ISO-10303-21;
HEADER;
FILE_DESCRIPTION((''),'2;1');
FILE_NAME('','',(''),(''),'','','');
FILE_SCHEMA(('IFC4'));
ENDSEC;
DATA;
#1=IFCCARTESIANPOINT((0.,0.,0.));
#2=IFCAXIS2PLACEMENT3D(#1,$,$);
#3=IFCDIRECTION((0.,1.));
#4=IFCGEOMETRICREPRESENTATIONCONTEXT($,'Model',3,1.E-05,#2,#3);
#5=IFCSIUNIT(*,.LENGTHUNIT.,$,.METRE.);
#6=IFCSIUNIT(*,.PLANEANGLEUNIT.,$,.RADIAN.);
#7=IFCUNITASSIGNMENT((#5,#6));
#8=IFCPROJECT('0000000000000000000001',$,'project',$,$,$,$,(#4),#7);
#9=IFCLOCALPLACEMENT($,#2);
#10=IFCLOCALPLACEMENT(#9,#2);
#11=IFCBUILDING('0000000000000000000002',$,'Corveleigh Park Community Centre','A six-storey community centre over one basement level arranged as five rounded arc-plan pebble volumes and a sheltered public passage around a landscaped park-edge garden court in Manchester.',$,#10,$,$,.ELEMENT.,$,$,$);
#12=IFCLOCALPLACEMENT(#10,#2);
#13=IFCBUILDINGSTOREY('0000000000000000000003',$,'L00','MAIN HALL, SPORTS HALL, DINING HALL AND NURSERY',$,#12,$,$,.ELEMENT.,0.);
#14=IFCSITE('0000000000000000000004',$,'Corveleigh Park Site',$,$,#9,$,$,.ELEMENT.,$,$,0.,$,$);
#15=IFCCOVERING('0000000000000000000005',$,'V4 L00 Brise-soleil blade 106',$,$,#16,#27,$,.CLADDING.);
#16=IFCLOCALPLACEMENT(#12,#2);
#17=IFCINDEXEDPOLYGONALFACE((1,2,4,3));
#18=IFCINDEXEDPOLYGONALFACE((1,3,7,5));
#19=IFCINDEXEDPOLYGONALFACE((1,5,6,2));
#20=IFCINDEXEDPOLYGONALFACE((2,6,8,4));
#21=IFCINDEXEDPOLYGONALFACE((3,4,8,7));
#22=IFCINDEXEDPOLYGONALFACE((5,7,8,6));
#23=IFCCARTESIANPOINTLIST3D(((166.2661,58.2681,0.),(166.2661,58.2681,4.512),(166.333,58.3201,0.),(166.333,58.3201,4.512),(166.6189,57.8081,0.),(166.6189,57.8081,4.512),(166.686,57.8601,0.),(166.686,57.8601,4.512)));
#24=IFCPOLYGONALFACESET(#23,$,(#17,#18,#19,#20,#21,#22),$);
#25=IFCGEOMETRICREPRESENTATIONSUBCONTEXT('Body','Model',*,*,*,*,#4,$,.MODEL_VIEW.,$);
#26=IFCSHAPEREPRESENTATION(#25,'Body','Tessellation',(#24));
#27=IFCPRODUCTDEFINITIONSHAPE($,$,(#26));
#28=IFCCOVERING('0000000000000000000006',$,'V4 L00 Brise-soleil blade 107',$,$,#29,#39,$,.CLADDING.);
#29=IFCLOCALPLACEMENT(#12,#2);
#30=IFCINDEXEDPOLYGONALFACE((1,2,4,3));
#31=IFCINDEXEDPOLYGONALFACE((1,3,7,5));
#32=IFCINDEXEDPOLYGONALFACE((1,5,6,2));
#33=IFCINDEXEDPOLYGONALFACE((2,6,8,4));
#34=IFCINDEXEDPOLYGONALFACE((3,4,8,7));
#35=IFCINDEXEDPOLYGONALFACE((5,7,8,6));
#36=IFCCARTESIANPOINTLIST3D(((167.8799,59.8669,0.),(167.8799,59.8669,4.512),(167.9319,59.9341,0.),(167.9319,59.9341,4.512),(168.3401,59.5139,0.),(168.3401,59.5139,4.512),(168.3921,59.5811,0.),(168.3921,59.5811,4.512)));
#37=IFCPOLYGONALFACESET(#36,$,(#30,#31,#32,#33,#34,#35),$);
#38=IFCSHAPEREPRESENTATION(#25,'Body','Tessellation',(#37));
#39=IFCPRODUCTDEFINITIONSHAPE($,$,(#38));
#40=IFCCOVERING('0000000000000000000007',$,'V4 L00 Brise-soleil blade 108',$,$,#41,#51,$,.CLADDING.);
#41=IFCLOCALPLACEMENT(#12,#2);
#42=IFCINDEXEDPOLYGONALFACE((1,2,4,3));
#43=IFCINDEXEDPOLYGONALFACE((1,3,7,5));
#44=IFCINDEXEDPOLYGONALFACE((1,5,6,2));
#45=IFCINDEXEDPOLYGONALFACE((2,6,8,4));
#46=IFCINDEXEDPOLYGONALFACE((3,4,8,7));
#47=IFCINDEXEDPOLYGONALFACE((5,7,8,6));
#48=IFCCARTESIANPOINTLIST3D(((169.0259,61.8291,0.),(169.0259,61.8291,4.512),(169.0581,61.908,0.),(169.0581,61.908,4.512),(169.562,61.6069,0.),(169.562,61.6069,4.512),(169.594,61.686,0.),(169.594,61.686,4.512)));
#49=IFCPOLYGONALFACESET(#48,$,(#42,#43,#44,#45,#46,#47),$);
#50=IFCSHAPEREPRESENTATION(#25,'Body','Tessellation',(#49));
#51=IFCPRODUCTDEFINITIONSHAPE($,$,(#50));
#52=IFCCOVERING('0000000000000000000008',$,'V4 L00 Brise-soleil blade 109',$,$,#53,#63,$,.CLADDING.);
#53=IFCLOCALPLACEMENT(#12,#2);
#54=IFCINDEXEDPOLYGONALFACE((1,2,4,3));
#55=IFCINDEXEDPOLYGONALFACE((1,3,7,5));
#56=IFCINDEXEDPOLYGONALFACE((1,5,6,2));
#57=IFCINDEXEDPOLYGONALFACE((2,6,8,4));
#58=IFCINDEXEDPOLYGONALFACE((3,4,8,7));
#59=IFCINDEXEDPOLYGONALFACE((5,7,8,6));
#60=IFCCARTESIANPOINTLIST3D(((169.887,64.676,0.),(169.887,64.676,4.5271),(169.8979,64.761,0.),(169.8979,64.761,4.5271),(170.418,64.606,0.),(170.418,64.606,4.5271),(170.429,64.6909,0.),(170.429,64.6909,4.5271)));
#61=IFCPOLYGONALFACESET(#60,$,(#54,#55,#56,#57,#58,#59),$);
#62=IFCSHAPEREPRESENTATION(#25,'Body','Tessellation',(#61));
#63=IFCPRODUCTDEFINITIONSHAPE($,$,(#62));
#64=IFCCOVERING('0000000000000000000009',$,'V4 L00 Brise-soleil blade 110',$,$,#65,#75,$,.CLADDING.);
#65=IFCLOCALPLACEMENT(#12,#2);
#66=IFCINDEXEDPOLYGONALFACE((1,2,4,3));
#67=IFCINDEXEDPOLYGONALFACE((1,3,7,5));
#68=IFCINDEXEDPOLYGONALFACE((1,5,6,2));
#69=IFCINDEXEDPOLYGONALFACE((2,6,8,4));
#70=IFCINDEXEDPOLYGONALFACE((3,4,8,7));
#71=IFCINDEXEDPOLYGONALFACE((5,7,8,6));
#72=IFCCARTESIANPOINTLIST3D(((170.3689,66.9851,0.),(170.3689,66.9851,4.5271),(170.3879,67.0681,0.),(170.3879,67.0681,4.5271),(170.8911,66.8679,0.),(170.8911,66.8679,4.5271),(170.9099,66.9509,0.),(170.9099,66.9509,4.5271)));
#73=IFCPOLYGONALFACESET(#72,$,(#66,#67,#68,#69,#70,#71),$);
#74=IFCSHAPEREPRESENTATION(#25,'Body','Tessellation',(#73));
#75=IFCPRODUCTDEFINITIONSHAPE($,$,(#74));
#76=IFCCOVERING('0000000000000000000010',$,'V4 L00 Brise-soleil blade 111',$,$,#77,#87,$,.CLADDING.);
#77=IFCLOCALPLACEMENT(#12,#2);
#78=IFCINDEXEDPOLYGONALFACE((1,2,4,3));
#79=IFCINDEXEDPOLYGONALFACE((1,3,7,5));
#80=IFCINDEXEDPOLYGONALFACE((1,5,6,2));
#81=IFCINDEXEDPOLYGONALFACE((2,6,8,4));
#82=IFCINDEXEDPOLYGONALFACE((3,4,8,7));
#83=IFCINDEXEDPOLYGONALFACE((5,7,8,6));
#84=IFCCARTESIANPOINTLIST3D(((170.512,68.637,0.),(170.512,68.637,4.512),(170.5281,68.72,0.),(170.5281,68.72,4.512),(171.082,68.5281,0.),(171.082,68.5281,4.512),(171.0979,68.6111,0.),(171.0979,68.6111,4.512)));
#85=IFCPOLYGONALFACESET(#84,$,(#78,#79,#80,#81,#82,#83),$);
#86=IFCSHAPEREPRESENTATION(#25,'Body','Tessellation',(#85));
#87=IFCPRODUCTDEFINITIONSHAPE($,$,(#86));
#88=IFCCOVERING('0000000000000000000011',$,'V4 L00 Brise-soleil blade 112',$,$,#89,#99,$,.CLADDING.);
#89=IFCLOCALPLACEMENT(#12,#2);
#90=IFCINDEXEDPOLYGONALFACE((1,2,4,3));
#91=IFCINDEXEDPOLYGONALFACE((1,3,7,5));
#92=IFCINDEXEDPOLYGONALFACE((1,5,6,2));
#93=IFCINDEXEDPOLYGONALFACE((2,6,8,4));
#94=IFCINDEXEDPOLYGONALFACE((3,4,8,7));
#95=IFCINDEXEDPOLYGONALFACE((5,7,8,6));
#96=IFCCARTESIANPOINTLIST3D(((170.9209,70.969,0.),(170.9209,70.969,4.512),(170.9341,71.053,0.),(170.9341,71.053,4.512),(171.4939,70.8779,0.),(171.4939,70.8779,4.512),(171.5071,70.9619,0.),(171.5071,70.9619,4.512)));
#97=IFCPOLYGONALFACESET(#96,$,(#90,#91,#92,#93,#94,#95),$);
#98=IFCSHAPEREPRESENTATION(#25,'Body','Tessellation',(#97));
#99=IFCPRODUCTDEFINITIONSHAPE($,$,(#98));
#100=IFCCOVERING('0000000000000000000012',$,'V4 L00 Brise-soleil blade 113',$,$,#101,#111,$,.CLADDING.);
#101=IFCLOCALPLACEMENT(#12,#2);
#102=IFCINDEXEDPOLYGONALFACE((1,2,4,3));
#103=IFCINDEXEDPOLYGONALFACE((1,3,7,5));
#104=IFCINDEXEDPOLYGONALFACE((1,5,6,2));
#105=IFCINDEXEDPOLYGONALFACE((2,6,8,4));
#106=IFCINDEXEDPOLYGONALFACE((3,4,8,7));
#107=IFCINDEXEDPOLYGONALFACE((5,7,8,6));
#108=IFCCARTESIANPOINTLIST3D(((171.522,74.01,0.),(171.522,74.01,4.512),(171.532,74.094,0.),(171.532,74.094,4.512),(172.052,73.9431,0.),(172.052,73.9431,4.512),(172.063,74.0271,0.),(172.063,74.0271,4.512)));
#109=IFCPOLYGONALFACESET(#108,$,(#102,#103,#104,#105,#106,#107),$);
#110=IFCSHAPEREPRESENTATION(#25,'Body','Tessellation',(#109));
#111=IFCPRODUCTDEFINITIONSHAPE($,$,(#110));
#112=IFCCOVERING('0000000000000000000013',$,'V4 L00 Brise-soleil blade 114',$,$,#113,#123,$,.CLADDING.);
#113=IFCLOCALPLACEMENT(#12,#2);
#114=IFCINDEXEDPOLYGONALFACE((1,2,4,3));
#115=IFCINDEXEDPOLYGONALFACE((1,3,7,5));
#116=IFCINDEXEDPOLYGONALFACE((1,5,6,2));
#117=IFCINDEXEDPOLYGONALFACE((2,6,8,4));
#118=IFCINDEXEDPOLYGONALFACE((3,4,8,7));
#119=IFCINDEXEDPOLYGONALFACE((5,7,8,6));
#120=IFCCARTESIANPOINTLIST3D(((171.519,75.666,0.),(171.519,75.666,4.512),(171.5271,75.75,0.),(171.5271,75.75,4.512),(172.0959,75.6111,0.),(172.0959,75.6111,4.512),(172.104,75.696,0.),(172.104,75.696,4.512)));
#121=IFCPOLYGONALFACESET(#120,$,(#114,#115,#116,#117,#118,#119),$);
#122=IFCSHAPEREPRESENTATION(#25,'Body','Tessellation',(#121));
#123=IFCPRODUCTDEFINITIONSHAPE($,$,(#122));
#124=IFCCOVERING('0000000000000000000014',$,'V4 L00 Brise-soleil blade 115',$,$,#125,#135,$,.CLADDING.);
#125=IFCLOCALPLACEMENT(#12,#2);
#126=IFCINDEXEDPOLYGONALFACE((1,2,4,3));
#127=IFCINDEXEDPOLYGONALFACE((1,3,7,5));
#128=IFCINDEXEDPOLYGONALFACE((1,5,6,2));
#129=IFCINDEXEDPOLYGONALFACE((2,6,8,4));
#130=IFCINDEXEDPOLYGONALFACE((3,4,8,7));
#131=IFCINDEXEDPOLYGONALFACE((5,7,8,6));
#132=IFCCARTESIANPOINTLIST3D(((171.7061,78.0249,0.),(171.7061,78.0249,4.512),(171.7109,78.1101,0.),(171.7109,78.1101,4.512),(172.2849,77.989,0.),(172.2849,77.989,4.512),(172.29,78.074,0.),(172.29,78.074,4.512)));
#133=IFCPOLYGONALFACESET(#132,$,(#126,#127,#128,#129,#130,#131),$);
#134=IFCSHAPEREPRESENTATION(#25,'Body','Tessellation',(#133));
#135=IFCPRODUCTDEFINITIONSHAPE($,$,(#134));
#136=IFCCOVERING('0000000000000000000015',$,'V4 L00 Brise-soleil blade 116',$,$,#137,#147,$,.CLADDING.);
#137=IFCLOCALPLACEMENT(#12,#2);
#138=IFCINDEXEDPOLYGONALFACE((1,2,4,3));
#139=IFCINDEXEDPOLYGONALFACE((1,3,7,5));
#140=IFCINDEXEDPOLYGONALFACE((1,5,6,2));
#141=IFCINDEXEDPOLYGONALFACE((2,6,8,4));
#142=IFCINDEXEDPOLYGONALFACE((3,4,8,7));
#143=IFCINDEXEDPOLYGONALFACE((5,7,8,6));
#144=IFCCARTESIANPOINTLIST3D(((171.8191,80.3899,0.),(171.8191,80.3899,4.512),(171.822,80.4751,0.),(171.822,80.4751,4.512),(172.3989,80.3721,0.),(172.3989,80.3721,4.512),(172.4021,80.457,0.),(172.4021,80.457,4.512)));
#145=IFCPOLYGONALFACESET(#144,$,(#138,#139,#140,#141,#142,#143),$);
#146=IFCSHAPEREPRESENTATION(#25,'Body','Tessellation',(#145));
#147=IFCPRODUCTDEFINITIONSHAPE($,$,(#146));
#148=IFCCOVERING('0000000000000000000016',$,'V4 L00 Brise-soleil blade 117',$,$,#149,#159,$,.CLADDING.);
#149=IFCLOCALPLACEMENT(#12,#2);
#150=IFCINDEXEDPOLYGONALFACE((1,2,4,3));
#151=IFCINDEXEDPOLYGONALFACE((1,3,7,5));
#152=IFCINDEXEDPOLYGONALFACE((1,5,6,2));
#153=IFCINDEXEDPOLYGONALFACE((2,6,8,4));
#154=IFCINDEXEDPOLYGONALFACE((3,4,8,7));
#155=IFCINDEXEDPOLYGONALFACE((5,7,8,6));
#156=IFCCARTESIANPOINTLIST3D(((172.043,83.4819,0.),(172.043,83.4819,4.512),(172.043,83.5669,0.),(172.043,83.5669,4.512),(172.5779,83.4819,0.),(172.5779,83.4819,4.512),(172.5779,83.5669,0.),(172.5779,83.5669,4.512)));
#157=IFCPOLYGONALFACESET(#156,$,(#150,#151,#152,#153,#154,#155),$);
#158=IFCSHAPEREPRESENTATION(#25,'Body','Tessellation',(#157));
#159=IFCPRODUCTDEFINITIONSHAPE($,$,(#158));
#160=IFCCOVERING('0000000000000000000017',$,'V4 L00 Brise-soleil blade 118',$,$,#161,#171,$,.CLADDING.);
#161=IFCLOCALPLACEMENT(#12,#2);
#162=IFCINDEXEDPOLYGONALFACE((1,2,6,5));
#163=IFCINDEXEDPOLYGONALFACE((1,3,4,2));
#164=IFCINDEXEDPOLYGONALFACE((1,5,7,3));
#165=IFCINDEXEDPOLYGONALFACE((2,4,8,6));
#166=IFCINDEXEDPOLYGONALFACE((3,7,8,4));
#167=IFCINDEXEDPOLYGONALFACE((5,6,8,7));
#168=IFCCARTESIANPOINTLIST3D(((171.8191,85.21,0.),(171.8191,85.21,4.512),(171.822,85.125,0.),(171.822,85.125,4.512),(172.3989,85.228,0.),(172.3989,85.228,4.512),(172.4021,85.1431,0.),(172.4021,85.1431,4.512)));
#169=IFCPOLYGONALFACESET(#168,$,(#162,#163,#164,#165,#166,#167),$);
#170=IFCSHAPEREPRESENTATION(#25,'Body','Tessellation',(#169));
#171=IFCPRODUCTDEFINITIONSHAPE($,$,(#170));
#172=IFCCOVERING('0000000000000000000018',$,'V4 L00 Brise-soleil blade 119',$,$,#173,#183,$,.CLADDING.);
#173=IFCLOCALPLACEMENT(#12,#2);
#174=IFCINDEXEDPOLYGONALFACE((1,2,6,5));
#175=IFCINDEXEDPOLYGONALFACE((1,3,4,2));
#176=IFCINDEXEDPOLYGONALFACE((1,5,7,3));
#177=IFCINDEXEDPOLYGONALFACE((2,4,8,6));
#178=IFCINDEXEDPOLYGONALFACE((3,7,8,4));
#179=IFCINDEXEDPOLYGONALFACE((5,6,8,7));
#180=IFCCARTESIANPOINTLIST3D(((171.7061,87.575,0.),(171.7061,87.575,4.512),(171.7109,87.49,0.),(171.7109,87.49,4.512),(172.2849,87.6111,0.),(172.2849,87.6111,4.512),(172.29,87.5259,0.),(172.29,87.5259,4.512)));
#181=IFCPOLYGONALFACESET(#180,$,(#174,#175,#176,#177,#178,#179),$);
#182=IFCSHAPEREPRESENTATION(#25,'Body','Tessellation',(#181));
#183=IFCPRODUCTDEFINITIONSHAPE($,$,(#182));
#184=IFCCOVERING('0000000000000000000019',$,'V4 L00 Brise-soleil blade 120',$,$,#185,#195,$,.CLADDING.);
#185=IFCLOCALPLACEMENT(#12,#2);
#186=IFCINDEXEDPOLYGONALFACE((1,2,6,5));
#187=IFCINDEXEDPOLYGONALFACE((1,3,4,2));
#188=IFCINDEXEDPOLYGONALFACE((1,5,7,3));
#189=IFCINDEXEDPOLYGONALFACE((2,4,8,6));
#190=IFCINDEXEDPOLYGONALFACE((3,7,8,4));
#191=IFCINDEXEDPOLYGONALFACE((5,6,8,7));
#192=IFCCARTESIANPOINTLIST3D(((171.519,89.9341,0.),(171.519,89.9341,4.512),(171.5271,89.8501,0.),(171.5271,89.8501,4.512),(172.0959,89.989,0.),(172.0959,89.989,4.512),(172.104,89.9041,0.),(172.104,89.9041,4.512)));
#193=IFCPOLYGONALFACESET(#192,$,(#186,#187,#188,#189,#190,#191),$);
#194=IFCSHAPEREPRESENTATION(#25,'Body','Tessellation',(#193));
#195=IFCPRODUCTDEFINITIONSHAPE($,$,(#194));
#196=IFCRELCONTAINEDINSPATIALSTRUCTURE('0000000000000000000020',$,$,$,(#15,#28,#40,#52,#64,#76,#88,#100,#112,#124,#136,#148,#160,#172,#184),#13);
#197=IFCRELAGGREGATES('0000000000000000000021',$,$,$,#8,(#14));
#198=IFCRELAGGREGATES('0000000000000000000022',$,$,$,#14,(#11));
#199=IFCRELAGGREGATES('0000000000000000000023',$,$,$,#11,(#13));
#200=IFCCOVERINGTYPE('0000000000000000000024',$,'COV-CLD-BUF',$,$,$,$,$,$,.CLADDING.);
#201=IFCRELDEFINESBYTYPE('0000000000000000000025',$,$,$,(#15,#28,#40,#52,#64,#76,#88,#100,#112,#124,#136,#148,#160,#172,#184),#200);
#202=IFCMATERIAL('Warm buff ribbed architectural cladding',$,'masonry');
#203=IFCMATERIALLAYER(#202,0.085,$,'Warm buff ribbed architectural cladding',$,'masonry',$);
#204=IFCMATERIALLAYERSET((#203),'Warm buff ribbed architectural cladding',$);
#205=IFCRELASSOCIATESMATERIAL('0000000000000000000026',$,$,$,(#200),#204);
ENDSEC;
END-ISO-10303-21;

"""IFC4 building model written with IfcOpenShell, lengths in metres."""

from ifc_helpers import new_model, si_unit, direction, origin, place, context, subcontext, project, spatial, polyline, outline, extrude, material, layer, layer_set, type_object, element, save


model = new_model("IFC4")

# Units and contexts
model_context = context("Model", 3, precision=1e-05, world=origin(), true_north=direction((0.0, 1.0)))
body_context = subcontext(model_context, "Body", "Model", "MODEL_VIEW")
ifc_project = project(units=[si_unit("LENGTHUNIT", "METRE"), si_unit("PLANEANGLEUNIT", "RADIAN")], contexts=[model_context])

# Site, building, storey
site_placement = place(None, origin())
site = spatial("IfcSite", under=ifc_project, at=site_placement, Name="Corveleigh Park Site", CompositionType="ELEMENT", RefElevation=0.0)
building_placement = place(site_placement, origin())
building = spatial("IfcBuilding", under=site, at=building_placement, Name="Corveleigh Park Community Centre", Description="A six-storey community centre over one basement level arranged as five rounded arc-plan pebble volumes and a sheltered public passage around a landscaped park-edge garden court in Manchester.", CompositionType="ELEMENT")
storey_placement = place(building_placement, origin())
storey = spatial("IfcBuildingStorey", under=building, at=storey_placement, Name="L00", Description="MAIN HALL, SPORTS HALL, DINING HALL AND NURSERY", CompositionType="ELEMENT", Elevation=0.0)

# Coverings
ifc_material = material(Name="Warm buff ribbed architectural cladding", Category="masonry")
ifc_layer = layer(ifc_material, 0.085, Name="Warm buff ribbed architectural cladding", Category="masonry")
ifc_layer_set = layer_set([ifc_layer], Name="Warm buff ribbed architectural cladding")
covering_type = type_object("IfcCoveringType", Name="COV-CLD-BUF", PredefinedType="CLADDING", material=ifc_layer_set)
covering_1_placement = place(storey_placement, origin())
element("IfcCovering", 1, at=covering_1_placement, inside=storey, type_object=covering_type, Name="V4 L00 Brise-soleil blade 106", PredefinedType="CLADDING", context=body_context, shape_type="SweptSolid", body=[
    extrude(outline(polyline([(166.333, 58.3201), (166.2661, 58.2681), (166.6189, 57.8081), (166.686, 57.8601), (166.333, 58.3201)])), origin(), (0.0, 0.0, 1.0), 4.512),
])
covering_2_placement = place(storey_placement, origin())
element("IfcCovering", 2, at=covering_2_placement, inside=storey, type_object=covering_type, Name="V4 L00 Brise-soleil blade 107", PredefinedType="CLADDING", context=body_context, shape_type="SweptSolid", body=[
    extrude(outline(polyline([(167.9319, 59.9341), (167.8799, 59.8669), (168.3401, 59.5139), (168.3921, 59.5811), (167.9319, 59.9341)])), origin(), (0.0, 0.0, 1.0), 4.512),
])
covering_3_placement = place(storey_placement, origin())
element("IfcCovering", 3, at=covering_3_placement, inside=storey, type_object=covering_type, Name="V4 L00 Brise-soleil blade 108", PredefinedType="CLADDING", context=body_context, shape_type="SweptSolid", body=[
    extrude(outline(polyline([(169.0581, 61.908), (169.0259, 61.8291), (169.562, 61.6069), (169.594, 61.686), (169.0581, 61.908)])), origin(), (0.0, 0.0, 1.0), 4.512),
])
covering_4_placement = place(storey_placement, origin())
element("IfcCovering", 4, at=covering_4_placement, inside=storey, type_object=covering_type, Name="V4 L00 Brise-soleil blade 109", PredefinedType="CLADDING", context=body_context, shape_type="SweptSolid", body=[
    extrude(outline(polyline([(169.8979, 64.761), (169.887, 64.676), (170.418, 64.606), (170.429, 64.6909), (169.8979, 64.761)])), origin(), (0.0, 0.0, 1.0), 4.5271),
])
covering_5_placement = place(storey_placement, origin())
element("IfcCovering", 5, at=covering_5_placement, inside=storey, type_object=covering_type, Name="V4 L00 Brise-soleil blade 110", PredefinedType="CLADDING", context=body_context, shape_type="SweptSolid", body=[
    extrude(outline(polyline([(170.3879, 67.0681), (170.3689, 66.9851), (170.8911, 66.8679), (170.9099, 66.9509), (170.3879, 67.0681)])), origin(), (0.0, 0.0, 1.0), 4.5271),
])
covering_6_placement = place(storey_placement, origin())
element("IfcCovering", 6, at=covering_6_placement, inside=storey, type_object=covering_type, Name="V4 L00 Brise-soleil blade 111", PredefinedType="CLADDING", context=body_context, shape_type="SweptSolid", body=[
    extrude(outline(polyline([(170.5281, 68.72), (170.512, 68.637), (171.082, 68.5281), (171.0979, 68.6111), (170.5281, 68.72)])), origin(), (0.0, 0.0, 1.0), 4.512),
])
covering_7_placement = place(storey_placement, origin())
element("IfcCovering", 7, at=covering_7_placement, inside=storey, type_object=covering_type, Name="V4 L00 Brise-soleil blade 112", PredefinedType="CLADDING", context=body_context, shape_type="SweptSolid", body=[
    extrude(outline(polyline([(170.9341, 71.053), (170.9209, 70.969), (171.4939, 70.8779), (171.5071, 70.9619), (170.9341, 71.053)])), origin(), (0.0, 0.0, 1.0), 4.512),
])
covering_8_placement = place(storey_placement, origin())
element("IfcCovering", 8, at=covering_8_placement, inside=storey, type_object=covering_type, Name="V4 L00 Brise-soleil blade 113", PredefinedType="CLADDING", context=body_context, shape_type="SweptSolid", body=[
    extrude(outline(polyline([(171.532, 74.094), (171.522, 74.01), (172.052, 73.9431), (172.063, 74.0271), (171.532, 74.094)])), origin(), (0.0, 0.0, 1.0), 4.512),
])
covering_9_placement = place(storey_placement, origin())
element("IfcCovering", 9, at=covering_9_placement, inside=storey, type_object=covering_type, Name="V4 L00 Brise-soleil blade 114", PredefinedType="CLADDING", context=body_context, shape_type="SweptSolid", body=[
    extrude(outline(polyline([(171.5271, 75.75), (171.519, 75.666), (172.0959, 75.6111), (172.104, 75.696), (171.5271, 75.75)])), origin(), (0.0, 0.0, 1.0), 4.512),
])
covering_10_placement = place(storey_placement, origin())
element("IfcCovering", 10, at=covering_10_placement, inside=storey, type_object=covering_type, Name="V4 L00 Brise-soleil blade 115", PredefinedType="CLADDING", context=body_context, shape_type="SweptSolid", body=[
    extrude(outline(polyline([(171.7109, 78.1101), (171.7061, 78.0249), (172.2849, 77.989), (172.29, 78.074), (171.7109, 78.1101)])), origin(), (0.0, 0.0, 1.0), 4.512),
])
covering_11_placement = place(storey_placement, origin())
element("IfcCovering", 11, at=covering_11_placement, inside=storey, type_object=covering_type, Name="V4 L00 Brise-soleil blade 116", PredefinedType="CLADDING", context=body_context, shape_type="SweptSolid", body=[
    extrude(outline(polyline([(171.822, 80.4751), (171.8191, 80.3899), (172.3989, 80.3721), (172.4021, 80.457), (171.822, 80.4751)])), origin(), (0.0, 0.0, 1.0), 4.512),
])
covering_12_placement = place(storey_placement, origin())
element("IfcCovering", 12, at=covering_12_placement, inside=storey, type_object=covering_type, Name="V4 L00 Brise-soleil blade 117", PredefinedType="CLADDING", context=body_context, shape_type="SweptSolid", body=[
    extrude(outline(polyline([(172.043, 83.5669), (172.043, 83.4819), (172.5779, 83.4819), (172.5779, 83.5669), (172.043, 83.5669)])), origin(), (0.0, 0.0, 1.0), 4.512),
])
covering_13_placement = place(storey_placement, origin())
element("IfcCovering", 13, at=covering_13_placement, inside=storey, type_object=covering_type, Name="V4 L00 Brise-soleil blade 118", PredefinedType="CLADDING", context=body_context, shape_type="SweptSolid", body=[
    extrude(outline(polyline([(171.8191, 85.21), (171.822, 85.125), (172.4021, 85.1431), (172.3989, 85.228), (171.8191, 85.21)])), origin(), (0.0, 0.0, 1.0), 4.512),
])
covering_14_placement = place(storey_placement, origin())
element("IfcCovering", 14, at=covering_14_placement, inside=storey, type_object=covering_type, Name="V4 L00 Brise-soleil blade 119", PredefinedType="CLADDING", context=body_context, shape_type="SweptSolid", body=[
    extrude(outline(polyline([(171.7061, 87.575), (171.7109, 87.49), (172.29, 87.5259), (172.2849, 87.6111), (171.7061, 87.575)])), origin(), (0.0, 0.0, 1.0), 4.512),
])
covering_15_placement = place(storey_placement, origin())
element("IfcCovering", 15, at=covering_15_placement, inside=storey, type_object=covering_type, Name="V4 L00 Brise-soleil blade 120", PredefinedType="CLADDING", context=body_context, shape_type="SweptSolid", body=[
    extrude(outline(polyline([(171.519, 89.9341), (171.5271, 89.8501), (172.104, 89.9041), (172.0959, 89.989), (171.519, 89.9341)])), origin(), (0.0, 0.0, 1.0), 4.512),
])

save(model, "model.ifc")
